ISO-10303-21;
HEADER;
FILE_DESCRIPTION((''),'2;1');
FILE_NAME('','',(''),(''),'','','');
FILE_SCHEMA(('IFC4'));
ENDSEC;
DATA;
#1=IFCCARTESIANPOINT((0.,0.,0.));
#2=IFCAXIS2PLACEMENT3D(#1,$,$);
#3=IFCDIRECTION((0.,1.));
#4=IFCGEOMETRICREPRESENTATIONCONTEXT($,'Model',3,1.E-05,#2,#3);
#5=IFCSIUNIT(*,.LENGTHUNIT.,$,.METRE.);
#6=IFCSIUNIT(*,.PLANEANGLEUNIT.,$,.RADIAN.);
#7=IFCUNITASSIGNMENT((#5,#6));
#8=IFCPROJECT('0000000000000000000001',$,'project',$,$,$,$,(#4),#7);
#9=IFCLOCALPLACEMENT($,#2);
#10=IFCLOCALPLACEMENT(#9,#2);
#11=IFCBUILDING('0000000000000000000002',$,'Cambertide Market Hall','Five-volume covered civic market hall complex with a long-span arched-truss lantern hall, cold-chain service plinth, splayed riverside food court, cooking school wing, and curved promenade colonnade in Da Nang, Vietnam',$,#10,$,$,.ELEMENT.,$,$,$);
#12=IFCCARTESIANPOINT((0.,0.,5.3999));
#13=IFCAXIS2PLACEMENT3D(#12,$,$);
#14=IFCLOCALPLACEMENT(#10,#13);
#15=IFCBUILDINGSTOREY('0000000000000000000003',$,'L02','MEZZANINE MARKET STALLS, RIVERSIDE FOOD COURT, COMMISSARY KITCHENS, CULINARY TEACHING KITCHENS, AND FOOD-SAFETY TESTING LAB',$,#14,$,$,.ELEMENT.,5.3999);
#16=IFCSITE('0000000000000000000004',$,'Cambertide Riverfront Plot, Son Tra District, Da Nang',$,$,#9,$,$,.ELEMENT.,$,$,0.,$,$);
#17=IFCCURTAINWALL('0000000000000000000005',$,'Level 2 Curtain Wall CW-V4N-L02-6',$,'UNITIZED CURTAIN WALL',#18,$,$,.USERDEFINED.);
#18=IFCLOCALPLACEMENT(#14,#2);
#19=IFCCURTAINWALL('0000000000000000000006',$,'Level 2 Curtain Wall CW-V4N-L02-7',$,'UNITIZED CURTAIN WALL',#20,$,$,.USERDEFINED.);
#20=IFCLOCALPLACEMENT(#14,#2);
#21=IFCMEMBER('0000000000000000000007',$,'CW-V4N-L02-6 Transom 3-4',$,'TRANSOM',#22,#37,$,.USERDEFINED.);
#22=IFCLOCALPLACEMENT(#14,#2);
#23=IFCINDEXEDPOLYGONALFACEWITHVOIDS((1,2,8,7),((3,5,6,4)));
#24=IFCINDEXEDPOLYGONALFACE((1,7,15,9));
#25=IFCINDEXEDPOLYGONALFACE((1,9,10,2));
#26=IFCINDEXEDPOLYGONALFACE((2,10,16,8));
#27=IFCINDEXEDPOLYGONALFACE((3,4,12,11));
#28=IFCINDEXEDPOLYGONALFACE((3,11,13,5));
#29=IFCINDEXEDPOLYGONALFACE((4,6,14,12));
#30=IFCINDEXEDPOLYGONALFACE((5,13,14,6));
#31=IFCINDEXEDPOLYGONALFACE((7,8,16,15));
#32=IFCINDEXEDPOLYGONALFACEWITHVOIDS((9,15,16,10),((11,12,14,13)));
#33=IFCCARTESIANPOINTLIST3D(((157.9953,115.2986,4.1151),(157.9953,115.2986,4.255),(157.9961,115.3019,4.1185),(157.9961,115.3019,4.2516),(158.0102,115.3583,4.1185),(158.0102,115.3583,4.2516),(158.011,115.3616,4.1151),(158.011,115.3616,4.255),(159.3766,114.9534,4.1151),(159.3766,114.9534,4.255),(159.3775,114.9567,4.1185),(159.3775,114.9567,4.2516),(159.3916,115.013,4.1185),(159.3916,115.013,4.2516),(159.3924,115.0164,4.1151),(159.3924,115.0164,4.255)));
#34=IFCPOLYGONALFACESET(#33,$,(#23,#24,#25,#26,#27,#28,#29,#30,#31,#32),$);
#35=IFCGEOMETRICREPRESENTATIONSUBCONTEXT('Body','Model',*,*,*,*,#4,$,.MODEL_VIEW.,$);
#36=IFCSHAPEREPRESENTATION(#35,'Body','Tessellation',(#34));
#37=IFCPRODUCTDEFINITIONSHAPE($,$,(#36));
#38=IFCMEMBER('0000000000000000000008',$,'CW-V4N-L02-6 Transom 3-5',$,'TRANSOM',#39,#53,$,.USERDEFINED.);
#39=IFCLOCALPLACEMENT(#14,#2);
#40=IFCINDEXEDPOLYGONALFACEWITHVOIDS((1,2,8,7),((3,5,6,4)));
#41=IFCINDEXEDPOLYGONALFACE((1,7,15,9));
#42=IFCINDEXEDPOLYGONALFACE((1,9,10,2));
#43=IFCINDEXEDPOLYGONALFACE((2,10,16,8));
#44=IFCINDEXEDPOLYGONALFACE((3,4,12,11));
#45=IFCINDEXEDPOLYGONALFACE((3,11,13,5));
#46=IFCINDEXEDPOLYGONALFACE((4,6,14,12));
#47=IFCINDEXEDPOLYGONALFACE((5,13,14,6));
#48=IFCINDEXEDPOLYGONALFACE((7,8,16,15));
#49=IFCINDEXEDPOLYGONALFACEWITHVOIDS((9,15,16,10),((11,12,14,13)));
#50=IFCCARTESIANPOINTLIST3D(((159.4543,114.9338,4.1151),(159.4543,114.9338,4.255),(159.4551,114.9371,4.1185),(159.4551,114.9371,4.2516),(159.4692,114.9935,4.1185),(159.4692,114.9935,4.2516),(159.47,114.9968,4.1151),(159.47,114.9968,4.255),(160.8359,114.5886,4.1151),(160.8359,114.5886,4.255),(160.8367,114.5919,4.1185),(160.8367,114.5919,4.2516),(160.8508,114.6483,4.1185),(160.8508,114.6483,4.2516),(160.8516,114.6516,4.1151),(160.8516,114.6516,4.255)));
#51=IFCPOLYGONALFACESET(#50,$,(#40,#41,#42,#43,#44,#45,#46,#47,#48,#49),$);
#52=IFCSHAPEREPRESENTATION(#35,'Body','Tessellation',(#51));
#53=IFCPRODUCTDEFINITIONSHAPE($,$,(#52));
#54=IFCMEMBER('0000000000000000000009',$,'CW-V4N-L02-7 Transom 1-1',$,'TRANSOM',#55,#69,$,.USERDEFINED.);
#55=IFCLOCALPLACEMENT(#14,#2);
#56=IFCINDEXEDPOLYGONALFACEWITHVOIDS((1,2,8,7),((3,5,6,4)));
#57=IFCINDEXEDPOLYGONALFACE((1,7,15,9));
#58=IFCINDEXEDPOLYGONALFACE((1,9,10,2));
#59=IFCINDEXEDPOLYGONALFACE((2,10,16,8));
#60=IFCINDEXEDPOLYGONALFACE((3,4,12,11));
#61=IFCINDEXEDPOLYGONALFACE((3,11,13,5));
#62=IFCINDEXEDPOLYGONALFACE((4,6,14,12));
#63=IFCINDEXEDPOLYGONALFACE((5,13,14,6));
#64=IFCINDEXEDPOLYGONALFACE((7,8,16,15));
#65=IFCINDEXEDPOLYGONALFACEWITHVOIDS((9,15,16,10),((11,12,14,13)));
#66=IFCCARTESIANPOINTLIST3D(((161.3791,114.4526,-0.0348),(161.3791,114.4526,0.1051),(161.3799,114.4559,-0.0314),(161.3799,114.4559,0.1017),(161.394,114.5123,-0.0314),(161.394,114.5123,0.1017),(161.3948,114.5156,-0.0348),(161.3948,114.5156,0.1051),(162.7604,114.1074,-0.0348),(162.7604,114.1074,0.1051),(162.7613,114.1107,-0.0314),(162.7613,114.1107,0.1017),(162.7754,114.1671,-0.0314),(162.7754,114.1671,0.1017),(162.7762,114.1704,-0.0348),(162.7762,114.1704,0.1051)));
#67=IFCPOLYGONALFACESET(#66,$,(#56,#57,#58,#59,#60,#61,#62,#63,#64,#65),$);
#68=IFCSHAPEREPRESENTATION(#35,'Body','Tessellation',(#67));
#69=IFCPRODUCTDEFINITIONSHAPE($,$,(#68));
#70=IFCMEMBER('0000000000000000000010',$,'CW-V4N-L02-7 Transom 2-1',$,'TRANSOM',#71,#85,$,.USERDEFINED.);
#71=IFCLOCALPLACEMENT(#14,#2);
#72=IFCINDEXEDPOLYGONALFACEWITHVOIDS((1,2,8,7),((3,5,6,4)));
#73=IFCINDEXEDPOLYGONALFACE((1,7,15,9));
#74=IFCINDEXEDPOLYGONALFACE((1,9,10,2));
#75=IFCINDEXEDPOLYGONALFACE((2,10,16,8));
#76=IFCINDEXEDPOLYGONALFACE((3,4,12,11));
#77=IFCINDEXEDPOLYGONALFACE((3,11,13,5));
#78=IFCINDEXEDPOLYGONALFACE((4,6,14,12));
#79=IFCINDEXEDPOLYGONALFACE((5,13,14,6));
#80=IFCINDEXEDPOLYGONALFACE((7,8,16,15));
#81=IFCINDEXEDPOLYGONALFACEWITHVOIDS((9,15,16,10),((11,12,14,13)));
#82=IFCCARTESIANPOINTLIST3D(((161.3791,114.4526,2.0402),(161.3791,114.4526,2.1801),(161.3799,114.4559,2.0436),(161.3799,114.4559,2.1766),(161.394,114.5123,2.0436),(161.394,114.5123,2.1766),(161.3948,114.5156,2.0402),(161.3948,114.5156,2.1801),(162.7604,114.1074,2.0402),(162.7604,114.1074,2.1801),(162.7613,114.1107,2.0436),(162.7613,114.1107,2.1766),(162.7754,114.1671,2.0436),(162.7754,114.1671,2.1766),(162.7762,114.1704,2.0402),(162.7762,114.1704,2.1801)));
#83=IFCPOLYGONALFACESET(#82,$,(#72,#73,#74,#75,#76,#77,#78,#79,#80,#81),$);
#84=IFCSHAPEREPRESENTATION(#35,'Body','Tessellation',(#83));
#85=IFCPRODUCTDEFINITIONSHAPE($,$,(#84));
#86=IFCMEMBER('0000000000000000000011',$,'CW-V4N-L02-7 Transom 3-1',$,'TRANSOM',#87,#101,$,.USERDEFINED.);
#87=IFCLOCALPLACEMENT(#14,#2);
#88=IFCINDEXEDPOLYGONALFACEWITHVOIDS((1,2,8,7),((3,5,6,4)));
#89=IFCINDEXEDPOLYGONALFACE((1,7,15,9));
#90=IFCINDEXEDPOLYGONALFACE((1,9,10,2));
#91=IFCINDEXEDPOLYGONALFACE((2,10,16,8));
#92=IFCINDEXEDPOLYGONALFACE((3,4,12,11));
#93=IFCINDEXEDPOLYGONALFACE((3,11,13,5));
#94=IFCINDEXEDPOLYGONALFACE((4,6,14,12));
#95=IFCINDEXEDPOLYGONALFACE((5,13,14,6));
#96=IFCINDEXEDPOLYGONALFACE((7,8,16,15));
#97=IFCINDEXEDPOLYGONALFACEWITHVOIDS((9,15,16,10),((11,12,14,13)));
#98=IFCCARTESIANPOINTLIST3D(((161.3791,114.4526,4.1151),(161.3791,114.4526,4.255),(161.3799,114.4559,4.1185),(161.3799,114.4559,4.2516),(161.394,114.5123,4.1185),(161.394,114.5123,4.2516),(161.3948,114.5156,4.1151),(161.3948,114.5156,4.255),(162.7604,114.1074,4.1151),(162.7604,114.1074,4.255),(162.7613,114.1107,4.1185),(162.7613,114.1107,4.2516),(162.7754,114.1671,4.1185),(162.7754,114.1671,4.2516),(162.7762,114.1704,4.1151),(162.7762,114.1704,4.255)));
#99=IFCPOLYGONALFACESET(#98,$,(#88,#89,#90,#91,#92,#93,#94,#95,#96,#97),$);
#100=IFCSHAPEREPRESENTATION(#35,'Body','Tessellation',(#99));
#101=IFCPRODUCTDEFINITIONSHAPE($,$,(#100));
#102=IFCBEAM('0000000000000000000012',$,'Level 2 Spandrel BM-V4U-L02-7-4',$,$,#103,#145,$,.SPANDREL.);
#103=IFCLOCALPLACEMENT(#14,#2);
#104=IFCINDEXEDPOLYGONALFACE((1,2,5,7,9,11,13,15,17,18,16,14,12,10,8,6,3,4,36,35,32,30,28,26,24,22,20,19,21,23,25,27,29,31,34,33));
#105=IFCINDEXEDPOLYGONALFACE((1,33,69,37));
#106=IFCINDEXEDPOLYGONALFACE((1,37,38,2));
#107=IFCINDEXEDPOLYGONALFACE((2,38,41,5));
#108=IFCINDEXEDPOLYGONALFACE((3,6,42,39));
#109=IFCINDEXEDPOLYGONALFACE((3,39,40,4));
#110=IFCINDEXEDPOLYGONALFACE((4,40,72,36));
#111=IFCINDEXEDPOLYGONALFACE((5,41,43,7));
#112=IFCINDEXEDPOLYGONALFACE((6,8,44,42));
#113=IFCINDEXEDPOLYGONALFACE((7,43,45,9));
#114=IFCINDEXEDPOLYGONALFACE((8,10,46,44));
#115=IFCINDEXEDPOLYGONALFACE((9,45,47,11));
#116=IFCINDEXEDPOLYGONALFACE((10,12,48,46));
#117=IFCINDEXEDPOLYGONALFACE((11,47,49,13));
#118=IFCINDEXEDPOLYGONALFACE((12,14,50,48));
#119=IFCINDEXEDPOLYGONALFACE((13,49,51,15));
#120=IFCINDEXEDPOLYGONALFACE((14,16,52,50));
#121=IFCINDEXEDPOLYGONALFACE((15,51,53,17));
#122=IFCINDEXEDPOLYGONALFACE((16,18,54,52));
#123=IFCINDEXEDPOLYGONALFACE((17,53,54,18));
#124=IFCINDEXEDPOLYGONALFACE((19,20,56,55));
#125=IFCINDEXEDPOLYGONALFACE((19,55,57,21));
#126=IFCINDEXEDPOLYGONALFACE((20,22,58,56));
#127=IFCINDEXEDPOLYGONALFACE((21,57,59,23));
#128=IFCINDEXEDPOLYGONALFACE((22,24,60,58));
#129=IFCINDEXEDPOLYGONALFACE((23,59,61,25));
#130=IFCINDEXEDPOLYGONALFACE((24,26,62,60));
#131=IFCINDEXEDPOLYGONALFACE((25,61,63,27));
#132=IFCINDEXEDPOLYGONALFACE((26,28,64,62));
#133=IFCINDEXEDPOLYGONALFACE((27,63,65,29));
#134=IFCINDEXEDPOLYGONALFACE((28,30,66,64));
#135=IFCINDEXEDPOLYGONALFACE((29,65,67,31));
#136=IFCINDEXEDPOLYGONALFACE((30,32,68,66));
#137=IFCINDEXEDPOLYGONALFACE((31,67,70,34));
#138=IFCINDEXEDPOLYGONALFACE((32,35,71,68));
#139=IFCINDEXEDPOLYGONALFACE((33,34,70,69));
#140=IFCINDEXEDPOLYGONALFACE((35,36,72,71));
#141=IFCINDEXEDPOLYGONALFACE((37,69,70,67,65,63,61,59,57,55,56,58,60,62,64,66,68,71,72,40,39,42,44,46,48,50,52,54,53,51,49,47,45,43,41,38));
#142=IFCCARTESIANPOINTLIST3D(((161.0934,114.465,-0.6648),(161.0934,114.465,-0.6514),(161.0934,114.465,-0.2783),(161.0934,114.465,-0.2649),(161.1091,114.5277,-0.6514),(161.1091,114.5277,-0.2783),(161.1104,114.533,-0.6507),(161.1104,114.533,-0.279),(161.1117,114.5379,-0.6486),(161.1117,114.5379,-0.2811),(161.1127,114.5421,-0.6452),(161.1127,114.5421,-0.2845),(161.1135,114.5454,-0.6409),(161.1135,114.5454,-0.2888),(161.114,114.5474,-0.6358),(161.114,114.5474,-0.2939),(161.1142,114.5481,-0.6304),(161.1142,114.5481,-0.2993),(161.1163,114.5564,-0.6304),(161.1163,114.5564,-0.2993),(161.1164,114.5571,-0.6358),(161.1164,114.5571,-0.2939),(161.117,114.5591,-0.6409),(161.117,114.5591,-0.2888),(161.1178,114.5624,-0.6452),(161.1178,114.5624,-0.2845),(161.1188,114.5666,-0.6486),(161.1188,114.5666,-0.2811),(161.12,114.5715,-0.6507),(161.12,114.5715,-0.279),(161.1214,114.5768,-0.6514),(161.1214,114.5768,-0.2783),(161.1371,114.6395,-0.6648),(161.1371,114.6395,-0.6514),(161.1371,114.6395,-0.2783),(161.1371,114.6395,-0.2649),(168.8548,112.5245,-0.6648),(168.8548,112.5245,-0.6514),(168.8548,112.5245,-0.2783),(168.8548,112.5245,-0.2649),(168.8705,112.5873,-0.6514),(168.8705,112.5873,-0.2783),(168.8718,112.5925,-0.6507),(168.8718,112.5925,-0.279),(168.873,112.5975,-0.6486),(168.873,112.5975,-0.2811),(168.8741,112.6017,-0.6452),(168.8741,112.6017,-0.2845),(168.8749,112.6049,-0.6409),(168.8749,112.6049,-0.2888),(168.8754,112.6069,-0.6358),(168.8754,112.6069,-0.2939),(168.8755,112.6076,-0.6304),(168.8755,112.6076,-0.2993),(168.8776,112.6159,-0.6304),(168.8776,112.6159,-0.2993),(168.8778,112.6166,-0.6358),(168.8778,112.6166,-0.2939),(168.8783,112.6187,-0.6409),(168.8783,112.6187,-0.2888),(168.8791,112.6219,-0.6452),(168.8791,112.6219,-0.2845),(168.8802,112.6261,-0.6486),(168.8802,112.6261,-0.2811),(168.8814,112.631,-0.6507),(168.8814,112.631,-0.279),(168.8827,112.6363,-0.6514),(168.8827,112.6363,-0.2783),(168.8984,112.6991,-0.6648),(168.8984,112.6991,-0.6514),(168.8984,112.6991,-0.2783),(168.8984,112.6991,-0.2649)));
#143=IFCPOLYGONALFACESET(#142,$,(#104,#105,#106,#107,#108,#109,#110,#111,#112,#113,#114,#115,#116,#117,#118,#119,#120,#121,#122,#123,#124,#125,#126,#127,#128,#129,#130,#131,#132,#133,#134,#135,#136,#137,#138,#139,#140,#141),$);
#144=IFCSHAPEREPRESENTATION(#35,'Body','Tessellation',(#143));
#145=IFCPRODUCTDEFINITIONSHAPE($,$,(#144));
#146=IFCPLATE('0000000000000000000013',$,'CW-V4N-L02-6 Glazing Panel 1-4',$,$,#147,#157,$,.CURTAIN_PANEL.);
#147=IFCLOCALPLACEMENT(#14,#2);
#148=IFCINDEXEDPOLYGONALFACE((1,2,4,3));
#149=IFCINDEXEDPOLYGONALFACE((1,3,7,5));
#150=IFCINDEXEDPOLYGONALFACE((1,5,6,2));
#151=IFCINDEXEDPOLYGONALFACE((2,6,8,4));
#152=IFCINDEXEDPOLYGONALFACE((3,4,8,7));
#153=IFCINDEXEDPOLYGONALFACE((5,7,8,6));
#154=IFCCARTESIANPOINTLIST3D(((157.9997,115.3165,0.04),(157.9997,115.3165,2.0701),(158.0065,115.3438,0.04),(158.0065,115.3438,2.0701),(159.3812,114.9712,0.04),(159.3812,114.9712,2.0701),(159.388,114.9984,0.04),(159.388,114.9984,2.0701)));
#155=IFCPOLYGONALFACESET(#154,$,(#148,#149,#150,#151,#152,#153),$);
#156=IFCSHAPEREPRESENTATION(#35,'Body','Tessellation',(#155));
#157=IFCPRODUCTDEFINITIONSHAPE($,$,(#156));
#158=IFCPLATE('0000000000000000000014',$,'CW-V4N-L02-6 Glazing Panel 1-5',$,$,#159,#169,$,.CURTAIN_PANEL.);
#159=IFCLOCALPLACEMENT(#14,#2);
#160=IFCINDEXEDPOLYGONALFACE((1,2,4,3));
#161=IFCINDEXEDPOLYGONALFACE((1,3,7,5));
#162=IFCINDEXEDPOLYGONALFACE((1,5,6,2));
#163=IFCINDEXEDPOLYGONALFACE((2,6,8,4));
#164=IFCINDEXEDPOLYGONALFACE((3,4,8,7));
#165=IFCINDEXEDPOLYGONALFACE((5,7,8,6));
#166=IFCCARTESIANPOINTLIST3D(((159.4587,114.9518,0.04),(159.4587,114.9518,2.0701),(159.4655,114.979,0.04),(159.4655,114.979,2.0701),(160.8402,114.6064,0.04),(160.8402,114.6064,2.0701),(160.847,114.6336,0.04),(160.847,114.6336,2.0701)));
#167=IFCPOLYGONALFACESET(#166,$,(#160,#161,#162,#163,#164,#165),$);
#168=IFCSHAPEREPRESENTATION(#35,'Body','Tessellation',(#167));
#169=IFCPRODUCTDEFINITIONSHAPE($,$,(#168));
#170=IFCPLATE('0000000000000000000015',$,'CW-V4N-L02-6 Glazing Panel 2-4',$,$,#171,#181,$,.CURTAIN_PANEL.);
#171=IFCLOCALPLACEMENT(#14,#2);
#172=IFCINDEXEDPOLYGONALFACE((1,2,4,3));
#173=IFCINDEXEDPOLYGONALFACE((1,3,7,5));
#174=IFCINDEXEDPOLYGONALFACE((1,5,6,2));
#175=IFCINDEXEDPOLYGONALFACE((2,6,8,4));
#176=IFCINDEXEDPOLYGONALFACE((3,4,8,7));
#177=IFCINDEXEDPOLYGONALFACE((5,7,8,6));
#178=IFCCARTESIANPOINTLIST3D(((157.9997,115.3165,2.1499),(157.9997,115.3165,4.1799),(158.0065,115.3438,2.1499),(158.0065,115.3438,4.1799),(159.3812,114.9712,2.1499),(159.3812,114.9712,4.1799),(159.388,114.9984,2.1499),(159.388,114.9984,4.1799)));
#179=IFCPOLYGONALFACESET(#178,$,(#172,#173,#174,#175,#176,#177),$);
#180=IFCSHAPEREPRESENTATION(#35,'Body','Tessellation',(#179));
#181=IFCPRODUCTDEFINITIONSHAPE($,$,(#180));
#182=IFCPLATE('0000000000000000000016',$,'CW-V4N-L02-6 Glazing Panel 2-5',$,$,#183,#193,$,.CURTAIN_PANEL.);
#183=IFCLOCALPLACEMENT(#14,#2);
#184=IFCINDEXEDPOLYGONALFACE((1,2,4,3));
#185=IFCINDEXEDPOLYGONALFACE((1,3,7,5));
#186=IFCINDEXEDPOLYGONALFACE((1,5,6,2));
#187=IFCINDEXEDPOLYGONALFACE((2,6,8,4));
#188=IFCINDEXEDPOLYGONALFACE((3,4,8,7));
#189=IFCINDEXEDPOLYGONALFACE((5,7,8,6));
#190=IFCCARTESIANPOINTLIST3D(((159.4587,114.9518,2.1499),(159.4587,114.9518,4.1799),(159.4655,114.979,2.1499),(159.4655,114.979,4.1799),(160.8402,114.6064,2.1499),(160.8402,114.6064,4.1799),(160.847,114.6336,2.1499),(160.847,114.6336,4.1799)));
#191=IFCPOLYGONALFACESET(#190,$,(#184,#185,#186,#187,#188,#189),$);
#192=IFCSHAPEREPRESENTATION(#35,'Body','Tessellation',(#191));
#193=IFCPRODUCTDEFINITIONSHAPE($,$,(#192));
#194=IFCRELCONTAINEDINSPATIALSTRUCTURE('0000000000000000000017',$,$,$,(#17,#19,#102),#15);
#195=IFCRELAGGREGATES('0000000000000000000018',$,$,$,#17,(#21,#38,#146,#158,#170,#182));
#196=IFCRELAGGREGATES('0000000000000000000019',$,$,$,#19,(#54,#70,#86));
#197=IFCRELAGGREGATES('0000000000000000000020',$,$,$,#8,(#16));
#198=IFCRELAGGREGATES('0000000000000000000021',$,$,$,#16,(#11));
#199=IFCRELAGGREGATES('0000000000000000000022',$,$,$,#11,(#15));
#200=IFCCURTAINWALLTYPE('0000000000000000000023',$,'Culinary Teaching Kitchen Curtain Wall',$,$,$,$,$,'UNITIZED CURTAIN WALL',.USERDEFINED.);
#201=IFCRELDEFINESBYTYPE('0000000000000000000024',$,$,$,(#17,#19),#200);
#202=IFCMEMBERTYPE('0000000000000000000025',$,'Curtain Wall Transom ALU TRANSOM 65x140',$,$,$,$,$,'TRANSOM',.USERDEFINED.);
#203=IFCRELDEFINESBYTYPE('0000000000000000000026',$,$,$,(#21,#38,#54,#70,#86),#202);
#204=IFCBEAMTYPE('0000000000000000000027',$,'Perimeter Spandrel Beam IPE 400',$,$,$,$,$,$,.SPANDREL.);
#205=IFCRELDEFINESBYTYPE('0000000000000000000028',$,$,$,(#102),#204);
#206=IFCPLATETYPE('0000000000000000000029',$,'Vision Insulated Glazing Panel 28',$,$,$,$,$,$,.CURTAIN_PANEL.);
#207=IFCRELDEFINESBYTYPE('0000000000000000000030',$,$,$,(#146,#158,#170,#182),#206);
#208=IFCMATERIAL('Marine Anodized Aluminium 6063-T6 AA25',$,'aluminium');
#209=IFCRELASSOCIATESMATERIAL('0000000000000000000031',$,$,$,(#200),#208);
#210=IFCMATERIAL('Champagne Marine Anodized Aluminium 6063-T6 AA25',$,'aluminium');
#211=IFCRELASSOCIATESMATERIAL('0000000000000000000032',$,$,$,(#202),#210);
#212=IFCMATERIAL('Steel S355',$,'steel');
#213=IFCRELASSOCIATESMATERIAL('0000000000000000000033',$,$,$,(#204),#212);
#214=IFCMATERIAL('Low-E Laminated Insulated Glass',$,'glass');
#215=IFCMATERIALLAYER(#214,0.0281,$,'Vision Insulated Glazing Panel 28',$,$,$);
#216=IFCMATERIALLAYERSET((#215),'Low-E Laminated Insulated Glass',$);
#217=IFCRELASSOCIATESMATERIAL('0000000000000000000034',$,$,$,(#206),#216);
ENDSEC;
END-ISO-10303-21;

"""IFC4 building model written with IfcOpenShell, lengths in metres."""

from ifc_helpers import new_model, si_unit, direction, frame, origin, origin_2d, place, context, subcontext, project, spatial, rectangle, hollow_rectangle, i_section, extrude, material, layer, layer_set, material_profile, profile_set, type_object, element, aggregate, save


model = new_model("IFC4")

# Units and contexts
model_context = context("Model", 3, precision=1e-05, world=origin(), true_north=direction((0.0, 1.0)))
body_context = subcontext(model_context, "Body", "Model", "MODEL_VIEW")
ifc_project = project(units=[si_unit("LENGTHUNIT", "METRE"), si_unit("PLANEANGLEUNIT", "RADIAN")], contexts=[model_context])

# Site, building, storey
site_placement = place(None, origin())
site = spatial("IfcSite", under=ifc_project, at=site_placement, Name="Cambertide Riverfront Plot, Son Tra District, Da Nang", CompositionType="ELEMENT", RefElevation=0.0)
building_placement = place(site_placement, origin())
building = spatial("IfcBuilding", under=site, at=building_placement, Name="Cambertide Market Hall", Description="Five-volume covered civic market hall complex with a long-span arched-truss lantern hall, cold-chain service plinth, splayed riverside food court, cooking school wing, and curved promenade colonnade in Da Nang, Vietnam", CompositionType="ELEMENT")
storey_placement = place(building_placement, frame((0.0, 0.0, 5.3999)))
storey = spatial("IfcBuildingStorey", under=building, at=storey_placement, Name="L02", Description="MEZZANINE MARKET STALLS, RIVERSIDE FOOD COURT, COMMISSARY KITCHENS, CULINARY TEACHING KITCHENS, AND FOOD-SAFETY TESTING LAB", CompositionType="ELEMENT", Elevation=5.3999)

# Curtain wall
ifc_material_1 = material(Name="Marine Anodized Aluminium 6063-T6 AA25", Category="aluminium")
curtain_wall_type = type_object("IfcCurtainWallType", Name="Culinary Teaching Kitchen Curtain Wall", ElementType="UNITIZED CURTAIN WALL", PredefinedType="USERDEFINED", material=ifc_material_1)
curtain_wall_1_placement = place(storey_placement, origin())
curtain_wall_1 = element("IfcCurtainWall", 1, at=curtain_wall_1_placement, inside=storey, type_object=curtain_wall_type, Name="Level 2 Curtain Wall CW-V4N-L02-6", ObjectType="UNITIZED CURTAIN WALL", PredefinedType="USERDEFINED")

# Curtain wall
curtain_wall_2_placement = place(storey_placement, origin())
curtain_wall_2 = element("IfcCurtainWall", 2, at=curtain_wall_2_placement, inside=storey, type_object=curtain_wall_type, Name="Level 2 Curtain Wall CW-V4N-L02-7", ObjectType="UNITIZED CURTAIN WALL", PredefinedType="USERDEFINED")

# Members
ifc_material_2 = material(Name="Champagne Marine Anodized Aluminium 6063-T6 AA25", Category="aluminium")
ifc_material_profile_1 = material_profile(ifc_material_2, hollow_rectangle(XDim=0.0649, YDim=0.1399, WallThickness=0.0034, at=origin_2d()), Name="ALU TRANSOM 65x140")
ifc_profile_set_1 = profile_set([ifc_material_profile_1], Name="Champagne Marine Anodized Aluminium 6063-T6 AA25")
member_type_1 = type_object("IfcMemberType", Name="Curtain Wall Transom ALU TRANSOM 65x140", ElementType="TRANSOM", PredefinedType="USERDEFINED", material=ifc_profile_set_1)
member_1_placement = place(storey_placement, frame((158.0032, 115.3301, 4.1851), z_axis=(0.970163, -0.242455, 0.0), x_axis=(0.242455, 0.970163, 0.0)))
member_1 = element("IfcMember", 3, at=member_1_placement, type_object=member_type_1, Name="CW-V4N-L02-6 Transom 3-4", ObjectType="TRANSOM", PredefinedType="USERDEFINED", context=body_context, shape_type="SweptSolid", body=[
    extrude(hollow_rectangle(XDim=0.0649, YDim=0.1399, WallThickness=0.0034, at=origin_2d()), origin(), (0.0, 0.0, 1.0), 1.4238),
])
member_2_placement = place(storey_placement, frame((159.4622, 114.9653, 4.1851), z_axis=(0.970173, -0.242415, 0.0), x_axis=(0.242415, 0.970173, 0.0)))
member_2 = element("IfcMember", 4, at=member_2_placement, type_object=member_type_1, Name="CW-V4N-L02-6 Transom 3-5", ObjectType="TRANSOM", PredefinedType="USERDEFINED", context=body_context, shape_type="SweptSolid", body=[
    extrude(hollow_rectangle(XDim=0.0649, YDim=0.1399, WallThickness=0.0034, at=origin_2d()), origin(), (0.0, 0.0, 1.0), 1.4241),
])
member_3_placement = place(storey_placement, frame((161.387, 114.4841, 0.0352), z_axis=(0.970163, -0.242455, 0.0), x_axis=(0.242455, 0.970163, 0.0)))
member_3 = element("IfcMember", 5, at=member_3_placement, type_object=member_type_1, Name="CW-V4N-L02-7 Transom 1-1", ObjectType="TRANSOM", PredefinedType="USERDEFINED", context=body_context, shape_type="SweptSolid", body=[
    extrude(hollow_rectangle(XDim=0.0649, YDim=0.1399, WallThickness=0.0034, at=origin_2d()), origin(), (0.0, 0.0, 1.0), 1.4238),
])
member_4_placement = place(storey_placement, frame((161.387, 114.4841, 2.1101), z_axis=(0.970163, -0.242455, 0.0), x_axis=(0.242455, 0.970163, 0.0)))
member_4 = element("IfcMember", 6, at=member_4_placement, type_object=member_type_1, Name="CW-V4N-L02-7 Transom 2-1", ObjectType="TRANSOM", PredefinedType="USERDEFINED", context=body_context, shape_type="SweptSolid", body=[
    extrude(hollow_rectangle(XDim=0.0649, YDim=0.1399, WallThickness=0.0034, at=origin_2d()), origin(), (0.0, 0.0, 1.0), 1.4238),
])
member_5_placement = place(storey_placement, frame((161.387, 114.4841, 4.1851), z_axis=(0.970163, -0.242455, 0.0), x_axis=(0.242455, 0.970163, 0.0)))
member_5 = element("IfcMember", 7, at=member_5_placement, type_object=member_type_1, Name="CW-V4N-L02-7 Transom 3-1", ObjectType="TRANSOM", PredefinedType="USERDEFINED", context=body_context, shape_type="SweptSolid", body=[
    extrude(hollow_rectangle(XDim=0.0649, YDim=0.1399, WallThickness=0.0034, at=origin_2d()), origin(), (0.0, 0.0, 1.0), 1.4238),
])

# Beam
ifc_material_3 = material(Name="Steel S355", Category="steel")
ifc_material_profile_2 = material_profile(ifc_material_3, i_section(OverallWidth=0.1799, OverallDepth=0.3999, WebThickness=0.0085, FlangeThickness=0.0134, FilletRadius=0.021, at=origin_2d()), Name="IPE 400")
ifc_profile_set_2 = profile_set([ifc_material_profile_2], Name="Steel S355")
beam_type = type_object("IfcBeamType", Name="Perimeter Spandrel Beam IPE 400", PredefinedType="SPANDREL", material=ifc_profile_set_2)
beam_placement = place(storey_placement, frame((161.1152, 114.5522, -0.4648), z_axis=(0.970139, -0.24255, 0.0), x_axis=(0.24255, 0.970139, 0.0)))
element("IfcBeam", 8, at=beam_placement, inside=storey, type_object=beam_type, Name="Level 2 Spandrel BM-V4U-L02-7-4", PredefinedType="SPANDREL", context=body_context, shape_type="SweptSolid", body=[
    extrude(i_section(OverallWidth=0.1799, OverallDepth=0.3999, WebThickness=0.0085, FlangeThickness=0.0134, FilletRadius=0.021, at=origin_2d()), origin(), (0.0, 0.0, 1.0), 8.0002),
])

# Plates
ifc_material_4 = material(Name="Low-E Laminated Insulated Glass", Category="glass")
ifc_layer_1 = layer(ifc_material_4, 0.0281, Name="Vision Insulated Glazing Panel 28")
ifc_layer_set_1 = layer_set([ifc_layer_1], Name="Low-E Laminated Insulated Glass")
plate_type = type_object("IfcPlateType", Name="Vision Insulated Glazing Panel 28", PredefinedType="CURTAIN_PANEL", material=ifc_layer_set_1)
plate_1_placement = place(storey_placement, frame((158.6938, 115.1575, 0.04), z_axis=(0.0, 0.0, 1.0), x_axis=(0.970143, -0.242536, 0.0)))
plate_1 = element("IfcPlate", 9, at=plate_1_placement, type_object=plate_type, Name="CW-V4N-L02-6 Glazing Panel 1-4", PredefinedType="CURTAIN_PANEL", context=body_context, shape_type="SweptSolid", body=[
    extrude(rectangle(XDim=1.4241, YDim=0.0281, at=origin_2d()), origin(), (0.0, 0.0, 1.0), 2.03),
])
plate_2_placement = place(storey_placement, frame((160.1528, 114.7927, 0.04), z_axis=(0.0, 0.0, 1.0), x_axis=(0.970143, -0.242536, 0.0)))
plate_2 = element("IfcPlate", 10, at=plate_2_placement, type_object=plate_type, Name="CW-V4N-L02-6 Glazing Panel 1-5", PredefinedType="CURTAIN_PANEL", context=body_context, shape_type="SweptSolid", body=[
    extrude(rectangle(XDim=1.4241, YDim=0.0281, at=origin_2d()), origin(), (0.0, 0.0, 1.0), 2.03),
])
plate_3_placement = place(storey_placement, frame((158.6938, 115.1575, 2.1499), z_axis=(0.0, 0.0, 1.0), x_axis=(0.970143, -0.242536, 0.0)))
plate_3 = element("IfcPlate", 11, at=plate_3_placement, type_object=plate_type, Name="CW-V4N-L02-6 Glazing Panel 2-4", PredefinedType="CURTAIN_PANEL", context=body_context, shape_type="SweptSolid", body=[
    extrude(rectangle(XDim=1.4241, YDim=0.0281, at=origin_2d()), origin(), (0.0, 0.0, 1.0), 2.03),
])
plate_4_placement = place(storey_placement, frame((160.1528, 114.7927, 2.1499), z_axis=(0.0, 0.0, 1.0), x_axis=(0.970143, -0.242536, 0.0)))
plate_4 = element("IfcPlate", 12, at=plate_4_placement, type_object=plate_type, Name="CW-V4N-L02-6 Glazing Panel 2-5", PredefinedType="CURTAIN_PANEL", context=body_context, shape_type="SweptSolid", body=[
    extrude(rectangle(XDim=1.4241, YDim=0.0281, at=origin_2d()), origin(), (0.0, 0.0, 1.0), 2.03),
])
aggregate(curtain_wall_1, [member_1, member_2, plate_1, plate_2, plate_3, plate_4])
aggregate(curtain_wall_2, [member_3, member_4, member_5])

save(model, "model.ifc")
